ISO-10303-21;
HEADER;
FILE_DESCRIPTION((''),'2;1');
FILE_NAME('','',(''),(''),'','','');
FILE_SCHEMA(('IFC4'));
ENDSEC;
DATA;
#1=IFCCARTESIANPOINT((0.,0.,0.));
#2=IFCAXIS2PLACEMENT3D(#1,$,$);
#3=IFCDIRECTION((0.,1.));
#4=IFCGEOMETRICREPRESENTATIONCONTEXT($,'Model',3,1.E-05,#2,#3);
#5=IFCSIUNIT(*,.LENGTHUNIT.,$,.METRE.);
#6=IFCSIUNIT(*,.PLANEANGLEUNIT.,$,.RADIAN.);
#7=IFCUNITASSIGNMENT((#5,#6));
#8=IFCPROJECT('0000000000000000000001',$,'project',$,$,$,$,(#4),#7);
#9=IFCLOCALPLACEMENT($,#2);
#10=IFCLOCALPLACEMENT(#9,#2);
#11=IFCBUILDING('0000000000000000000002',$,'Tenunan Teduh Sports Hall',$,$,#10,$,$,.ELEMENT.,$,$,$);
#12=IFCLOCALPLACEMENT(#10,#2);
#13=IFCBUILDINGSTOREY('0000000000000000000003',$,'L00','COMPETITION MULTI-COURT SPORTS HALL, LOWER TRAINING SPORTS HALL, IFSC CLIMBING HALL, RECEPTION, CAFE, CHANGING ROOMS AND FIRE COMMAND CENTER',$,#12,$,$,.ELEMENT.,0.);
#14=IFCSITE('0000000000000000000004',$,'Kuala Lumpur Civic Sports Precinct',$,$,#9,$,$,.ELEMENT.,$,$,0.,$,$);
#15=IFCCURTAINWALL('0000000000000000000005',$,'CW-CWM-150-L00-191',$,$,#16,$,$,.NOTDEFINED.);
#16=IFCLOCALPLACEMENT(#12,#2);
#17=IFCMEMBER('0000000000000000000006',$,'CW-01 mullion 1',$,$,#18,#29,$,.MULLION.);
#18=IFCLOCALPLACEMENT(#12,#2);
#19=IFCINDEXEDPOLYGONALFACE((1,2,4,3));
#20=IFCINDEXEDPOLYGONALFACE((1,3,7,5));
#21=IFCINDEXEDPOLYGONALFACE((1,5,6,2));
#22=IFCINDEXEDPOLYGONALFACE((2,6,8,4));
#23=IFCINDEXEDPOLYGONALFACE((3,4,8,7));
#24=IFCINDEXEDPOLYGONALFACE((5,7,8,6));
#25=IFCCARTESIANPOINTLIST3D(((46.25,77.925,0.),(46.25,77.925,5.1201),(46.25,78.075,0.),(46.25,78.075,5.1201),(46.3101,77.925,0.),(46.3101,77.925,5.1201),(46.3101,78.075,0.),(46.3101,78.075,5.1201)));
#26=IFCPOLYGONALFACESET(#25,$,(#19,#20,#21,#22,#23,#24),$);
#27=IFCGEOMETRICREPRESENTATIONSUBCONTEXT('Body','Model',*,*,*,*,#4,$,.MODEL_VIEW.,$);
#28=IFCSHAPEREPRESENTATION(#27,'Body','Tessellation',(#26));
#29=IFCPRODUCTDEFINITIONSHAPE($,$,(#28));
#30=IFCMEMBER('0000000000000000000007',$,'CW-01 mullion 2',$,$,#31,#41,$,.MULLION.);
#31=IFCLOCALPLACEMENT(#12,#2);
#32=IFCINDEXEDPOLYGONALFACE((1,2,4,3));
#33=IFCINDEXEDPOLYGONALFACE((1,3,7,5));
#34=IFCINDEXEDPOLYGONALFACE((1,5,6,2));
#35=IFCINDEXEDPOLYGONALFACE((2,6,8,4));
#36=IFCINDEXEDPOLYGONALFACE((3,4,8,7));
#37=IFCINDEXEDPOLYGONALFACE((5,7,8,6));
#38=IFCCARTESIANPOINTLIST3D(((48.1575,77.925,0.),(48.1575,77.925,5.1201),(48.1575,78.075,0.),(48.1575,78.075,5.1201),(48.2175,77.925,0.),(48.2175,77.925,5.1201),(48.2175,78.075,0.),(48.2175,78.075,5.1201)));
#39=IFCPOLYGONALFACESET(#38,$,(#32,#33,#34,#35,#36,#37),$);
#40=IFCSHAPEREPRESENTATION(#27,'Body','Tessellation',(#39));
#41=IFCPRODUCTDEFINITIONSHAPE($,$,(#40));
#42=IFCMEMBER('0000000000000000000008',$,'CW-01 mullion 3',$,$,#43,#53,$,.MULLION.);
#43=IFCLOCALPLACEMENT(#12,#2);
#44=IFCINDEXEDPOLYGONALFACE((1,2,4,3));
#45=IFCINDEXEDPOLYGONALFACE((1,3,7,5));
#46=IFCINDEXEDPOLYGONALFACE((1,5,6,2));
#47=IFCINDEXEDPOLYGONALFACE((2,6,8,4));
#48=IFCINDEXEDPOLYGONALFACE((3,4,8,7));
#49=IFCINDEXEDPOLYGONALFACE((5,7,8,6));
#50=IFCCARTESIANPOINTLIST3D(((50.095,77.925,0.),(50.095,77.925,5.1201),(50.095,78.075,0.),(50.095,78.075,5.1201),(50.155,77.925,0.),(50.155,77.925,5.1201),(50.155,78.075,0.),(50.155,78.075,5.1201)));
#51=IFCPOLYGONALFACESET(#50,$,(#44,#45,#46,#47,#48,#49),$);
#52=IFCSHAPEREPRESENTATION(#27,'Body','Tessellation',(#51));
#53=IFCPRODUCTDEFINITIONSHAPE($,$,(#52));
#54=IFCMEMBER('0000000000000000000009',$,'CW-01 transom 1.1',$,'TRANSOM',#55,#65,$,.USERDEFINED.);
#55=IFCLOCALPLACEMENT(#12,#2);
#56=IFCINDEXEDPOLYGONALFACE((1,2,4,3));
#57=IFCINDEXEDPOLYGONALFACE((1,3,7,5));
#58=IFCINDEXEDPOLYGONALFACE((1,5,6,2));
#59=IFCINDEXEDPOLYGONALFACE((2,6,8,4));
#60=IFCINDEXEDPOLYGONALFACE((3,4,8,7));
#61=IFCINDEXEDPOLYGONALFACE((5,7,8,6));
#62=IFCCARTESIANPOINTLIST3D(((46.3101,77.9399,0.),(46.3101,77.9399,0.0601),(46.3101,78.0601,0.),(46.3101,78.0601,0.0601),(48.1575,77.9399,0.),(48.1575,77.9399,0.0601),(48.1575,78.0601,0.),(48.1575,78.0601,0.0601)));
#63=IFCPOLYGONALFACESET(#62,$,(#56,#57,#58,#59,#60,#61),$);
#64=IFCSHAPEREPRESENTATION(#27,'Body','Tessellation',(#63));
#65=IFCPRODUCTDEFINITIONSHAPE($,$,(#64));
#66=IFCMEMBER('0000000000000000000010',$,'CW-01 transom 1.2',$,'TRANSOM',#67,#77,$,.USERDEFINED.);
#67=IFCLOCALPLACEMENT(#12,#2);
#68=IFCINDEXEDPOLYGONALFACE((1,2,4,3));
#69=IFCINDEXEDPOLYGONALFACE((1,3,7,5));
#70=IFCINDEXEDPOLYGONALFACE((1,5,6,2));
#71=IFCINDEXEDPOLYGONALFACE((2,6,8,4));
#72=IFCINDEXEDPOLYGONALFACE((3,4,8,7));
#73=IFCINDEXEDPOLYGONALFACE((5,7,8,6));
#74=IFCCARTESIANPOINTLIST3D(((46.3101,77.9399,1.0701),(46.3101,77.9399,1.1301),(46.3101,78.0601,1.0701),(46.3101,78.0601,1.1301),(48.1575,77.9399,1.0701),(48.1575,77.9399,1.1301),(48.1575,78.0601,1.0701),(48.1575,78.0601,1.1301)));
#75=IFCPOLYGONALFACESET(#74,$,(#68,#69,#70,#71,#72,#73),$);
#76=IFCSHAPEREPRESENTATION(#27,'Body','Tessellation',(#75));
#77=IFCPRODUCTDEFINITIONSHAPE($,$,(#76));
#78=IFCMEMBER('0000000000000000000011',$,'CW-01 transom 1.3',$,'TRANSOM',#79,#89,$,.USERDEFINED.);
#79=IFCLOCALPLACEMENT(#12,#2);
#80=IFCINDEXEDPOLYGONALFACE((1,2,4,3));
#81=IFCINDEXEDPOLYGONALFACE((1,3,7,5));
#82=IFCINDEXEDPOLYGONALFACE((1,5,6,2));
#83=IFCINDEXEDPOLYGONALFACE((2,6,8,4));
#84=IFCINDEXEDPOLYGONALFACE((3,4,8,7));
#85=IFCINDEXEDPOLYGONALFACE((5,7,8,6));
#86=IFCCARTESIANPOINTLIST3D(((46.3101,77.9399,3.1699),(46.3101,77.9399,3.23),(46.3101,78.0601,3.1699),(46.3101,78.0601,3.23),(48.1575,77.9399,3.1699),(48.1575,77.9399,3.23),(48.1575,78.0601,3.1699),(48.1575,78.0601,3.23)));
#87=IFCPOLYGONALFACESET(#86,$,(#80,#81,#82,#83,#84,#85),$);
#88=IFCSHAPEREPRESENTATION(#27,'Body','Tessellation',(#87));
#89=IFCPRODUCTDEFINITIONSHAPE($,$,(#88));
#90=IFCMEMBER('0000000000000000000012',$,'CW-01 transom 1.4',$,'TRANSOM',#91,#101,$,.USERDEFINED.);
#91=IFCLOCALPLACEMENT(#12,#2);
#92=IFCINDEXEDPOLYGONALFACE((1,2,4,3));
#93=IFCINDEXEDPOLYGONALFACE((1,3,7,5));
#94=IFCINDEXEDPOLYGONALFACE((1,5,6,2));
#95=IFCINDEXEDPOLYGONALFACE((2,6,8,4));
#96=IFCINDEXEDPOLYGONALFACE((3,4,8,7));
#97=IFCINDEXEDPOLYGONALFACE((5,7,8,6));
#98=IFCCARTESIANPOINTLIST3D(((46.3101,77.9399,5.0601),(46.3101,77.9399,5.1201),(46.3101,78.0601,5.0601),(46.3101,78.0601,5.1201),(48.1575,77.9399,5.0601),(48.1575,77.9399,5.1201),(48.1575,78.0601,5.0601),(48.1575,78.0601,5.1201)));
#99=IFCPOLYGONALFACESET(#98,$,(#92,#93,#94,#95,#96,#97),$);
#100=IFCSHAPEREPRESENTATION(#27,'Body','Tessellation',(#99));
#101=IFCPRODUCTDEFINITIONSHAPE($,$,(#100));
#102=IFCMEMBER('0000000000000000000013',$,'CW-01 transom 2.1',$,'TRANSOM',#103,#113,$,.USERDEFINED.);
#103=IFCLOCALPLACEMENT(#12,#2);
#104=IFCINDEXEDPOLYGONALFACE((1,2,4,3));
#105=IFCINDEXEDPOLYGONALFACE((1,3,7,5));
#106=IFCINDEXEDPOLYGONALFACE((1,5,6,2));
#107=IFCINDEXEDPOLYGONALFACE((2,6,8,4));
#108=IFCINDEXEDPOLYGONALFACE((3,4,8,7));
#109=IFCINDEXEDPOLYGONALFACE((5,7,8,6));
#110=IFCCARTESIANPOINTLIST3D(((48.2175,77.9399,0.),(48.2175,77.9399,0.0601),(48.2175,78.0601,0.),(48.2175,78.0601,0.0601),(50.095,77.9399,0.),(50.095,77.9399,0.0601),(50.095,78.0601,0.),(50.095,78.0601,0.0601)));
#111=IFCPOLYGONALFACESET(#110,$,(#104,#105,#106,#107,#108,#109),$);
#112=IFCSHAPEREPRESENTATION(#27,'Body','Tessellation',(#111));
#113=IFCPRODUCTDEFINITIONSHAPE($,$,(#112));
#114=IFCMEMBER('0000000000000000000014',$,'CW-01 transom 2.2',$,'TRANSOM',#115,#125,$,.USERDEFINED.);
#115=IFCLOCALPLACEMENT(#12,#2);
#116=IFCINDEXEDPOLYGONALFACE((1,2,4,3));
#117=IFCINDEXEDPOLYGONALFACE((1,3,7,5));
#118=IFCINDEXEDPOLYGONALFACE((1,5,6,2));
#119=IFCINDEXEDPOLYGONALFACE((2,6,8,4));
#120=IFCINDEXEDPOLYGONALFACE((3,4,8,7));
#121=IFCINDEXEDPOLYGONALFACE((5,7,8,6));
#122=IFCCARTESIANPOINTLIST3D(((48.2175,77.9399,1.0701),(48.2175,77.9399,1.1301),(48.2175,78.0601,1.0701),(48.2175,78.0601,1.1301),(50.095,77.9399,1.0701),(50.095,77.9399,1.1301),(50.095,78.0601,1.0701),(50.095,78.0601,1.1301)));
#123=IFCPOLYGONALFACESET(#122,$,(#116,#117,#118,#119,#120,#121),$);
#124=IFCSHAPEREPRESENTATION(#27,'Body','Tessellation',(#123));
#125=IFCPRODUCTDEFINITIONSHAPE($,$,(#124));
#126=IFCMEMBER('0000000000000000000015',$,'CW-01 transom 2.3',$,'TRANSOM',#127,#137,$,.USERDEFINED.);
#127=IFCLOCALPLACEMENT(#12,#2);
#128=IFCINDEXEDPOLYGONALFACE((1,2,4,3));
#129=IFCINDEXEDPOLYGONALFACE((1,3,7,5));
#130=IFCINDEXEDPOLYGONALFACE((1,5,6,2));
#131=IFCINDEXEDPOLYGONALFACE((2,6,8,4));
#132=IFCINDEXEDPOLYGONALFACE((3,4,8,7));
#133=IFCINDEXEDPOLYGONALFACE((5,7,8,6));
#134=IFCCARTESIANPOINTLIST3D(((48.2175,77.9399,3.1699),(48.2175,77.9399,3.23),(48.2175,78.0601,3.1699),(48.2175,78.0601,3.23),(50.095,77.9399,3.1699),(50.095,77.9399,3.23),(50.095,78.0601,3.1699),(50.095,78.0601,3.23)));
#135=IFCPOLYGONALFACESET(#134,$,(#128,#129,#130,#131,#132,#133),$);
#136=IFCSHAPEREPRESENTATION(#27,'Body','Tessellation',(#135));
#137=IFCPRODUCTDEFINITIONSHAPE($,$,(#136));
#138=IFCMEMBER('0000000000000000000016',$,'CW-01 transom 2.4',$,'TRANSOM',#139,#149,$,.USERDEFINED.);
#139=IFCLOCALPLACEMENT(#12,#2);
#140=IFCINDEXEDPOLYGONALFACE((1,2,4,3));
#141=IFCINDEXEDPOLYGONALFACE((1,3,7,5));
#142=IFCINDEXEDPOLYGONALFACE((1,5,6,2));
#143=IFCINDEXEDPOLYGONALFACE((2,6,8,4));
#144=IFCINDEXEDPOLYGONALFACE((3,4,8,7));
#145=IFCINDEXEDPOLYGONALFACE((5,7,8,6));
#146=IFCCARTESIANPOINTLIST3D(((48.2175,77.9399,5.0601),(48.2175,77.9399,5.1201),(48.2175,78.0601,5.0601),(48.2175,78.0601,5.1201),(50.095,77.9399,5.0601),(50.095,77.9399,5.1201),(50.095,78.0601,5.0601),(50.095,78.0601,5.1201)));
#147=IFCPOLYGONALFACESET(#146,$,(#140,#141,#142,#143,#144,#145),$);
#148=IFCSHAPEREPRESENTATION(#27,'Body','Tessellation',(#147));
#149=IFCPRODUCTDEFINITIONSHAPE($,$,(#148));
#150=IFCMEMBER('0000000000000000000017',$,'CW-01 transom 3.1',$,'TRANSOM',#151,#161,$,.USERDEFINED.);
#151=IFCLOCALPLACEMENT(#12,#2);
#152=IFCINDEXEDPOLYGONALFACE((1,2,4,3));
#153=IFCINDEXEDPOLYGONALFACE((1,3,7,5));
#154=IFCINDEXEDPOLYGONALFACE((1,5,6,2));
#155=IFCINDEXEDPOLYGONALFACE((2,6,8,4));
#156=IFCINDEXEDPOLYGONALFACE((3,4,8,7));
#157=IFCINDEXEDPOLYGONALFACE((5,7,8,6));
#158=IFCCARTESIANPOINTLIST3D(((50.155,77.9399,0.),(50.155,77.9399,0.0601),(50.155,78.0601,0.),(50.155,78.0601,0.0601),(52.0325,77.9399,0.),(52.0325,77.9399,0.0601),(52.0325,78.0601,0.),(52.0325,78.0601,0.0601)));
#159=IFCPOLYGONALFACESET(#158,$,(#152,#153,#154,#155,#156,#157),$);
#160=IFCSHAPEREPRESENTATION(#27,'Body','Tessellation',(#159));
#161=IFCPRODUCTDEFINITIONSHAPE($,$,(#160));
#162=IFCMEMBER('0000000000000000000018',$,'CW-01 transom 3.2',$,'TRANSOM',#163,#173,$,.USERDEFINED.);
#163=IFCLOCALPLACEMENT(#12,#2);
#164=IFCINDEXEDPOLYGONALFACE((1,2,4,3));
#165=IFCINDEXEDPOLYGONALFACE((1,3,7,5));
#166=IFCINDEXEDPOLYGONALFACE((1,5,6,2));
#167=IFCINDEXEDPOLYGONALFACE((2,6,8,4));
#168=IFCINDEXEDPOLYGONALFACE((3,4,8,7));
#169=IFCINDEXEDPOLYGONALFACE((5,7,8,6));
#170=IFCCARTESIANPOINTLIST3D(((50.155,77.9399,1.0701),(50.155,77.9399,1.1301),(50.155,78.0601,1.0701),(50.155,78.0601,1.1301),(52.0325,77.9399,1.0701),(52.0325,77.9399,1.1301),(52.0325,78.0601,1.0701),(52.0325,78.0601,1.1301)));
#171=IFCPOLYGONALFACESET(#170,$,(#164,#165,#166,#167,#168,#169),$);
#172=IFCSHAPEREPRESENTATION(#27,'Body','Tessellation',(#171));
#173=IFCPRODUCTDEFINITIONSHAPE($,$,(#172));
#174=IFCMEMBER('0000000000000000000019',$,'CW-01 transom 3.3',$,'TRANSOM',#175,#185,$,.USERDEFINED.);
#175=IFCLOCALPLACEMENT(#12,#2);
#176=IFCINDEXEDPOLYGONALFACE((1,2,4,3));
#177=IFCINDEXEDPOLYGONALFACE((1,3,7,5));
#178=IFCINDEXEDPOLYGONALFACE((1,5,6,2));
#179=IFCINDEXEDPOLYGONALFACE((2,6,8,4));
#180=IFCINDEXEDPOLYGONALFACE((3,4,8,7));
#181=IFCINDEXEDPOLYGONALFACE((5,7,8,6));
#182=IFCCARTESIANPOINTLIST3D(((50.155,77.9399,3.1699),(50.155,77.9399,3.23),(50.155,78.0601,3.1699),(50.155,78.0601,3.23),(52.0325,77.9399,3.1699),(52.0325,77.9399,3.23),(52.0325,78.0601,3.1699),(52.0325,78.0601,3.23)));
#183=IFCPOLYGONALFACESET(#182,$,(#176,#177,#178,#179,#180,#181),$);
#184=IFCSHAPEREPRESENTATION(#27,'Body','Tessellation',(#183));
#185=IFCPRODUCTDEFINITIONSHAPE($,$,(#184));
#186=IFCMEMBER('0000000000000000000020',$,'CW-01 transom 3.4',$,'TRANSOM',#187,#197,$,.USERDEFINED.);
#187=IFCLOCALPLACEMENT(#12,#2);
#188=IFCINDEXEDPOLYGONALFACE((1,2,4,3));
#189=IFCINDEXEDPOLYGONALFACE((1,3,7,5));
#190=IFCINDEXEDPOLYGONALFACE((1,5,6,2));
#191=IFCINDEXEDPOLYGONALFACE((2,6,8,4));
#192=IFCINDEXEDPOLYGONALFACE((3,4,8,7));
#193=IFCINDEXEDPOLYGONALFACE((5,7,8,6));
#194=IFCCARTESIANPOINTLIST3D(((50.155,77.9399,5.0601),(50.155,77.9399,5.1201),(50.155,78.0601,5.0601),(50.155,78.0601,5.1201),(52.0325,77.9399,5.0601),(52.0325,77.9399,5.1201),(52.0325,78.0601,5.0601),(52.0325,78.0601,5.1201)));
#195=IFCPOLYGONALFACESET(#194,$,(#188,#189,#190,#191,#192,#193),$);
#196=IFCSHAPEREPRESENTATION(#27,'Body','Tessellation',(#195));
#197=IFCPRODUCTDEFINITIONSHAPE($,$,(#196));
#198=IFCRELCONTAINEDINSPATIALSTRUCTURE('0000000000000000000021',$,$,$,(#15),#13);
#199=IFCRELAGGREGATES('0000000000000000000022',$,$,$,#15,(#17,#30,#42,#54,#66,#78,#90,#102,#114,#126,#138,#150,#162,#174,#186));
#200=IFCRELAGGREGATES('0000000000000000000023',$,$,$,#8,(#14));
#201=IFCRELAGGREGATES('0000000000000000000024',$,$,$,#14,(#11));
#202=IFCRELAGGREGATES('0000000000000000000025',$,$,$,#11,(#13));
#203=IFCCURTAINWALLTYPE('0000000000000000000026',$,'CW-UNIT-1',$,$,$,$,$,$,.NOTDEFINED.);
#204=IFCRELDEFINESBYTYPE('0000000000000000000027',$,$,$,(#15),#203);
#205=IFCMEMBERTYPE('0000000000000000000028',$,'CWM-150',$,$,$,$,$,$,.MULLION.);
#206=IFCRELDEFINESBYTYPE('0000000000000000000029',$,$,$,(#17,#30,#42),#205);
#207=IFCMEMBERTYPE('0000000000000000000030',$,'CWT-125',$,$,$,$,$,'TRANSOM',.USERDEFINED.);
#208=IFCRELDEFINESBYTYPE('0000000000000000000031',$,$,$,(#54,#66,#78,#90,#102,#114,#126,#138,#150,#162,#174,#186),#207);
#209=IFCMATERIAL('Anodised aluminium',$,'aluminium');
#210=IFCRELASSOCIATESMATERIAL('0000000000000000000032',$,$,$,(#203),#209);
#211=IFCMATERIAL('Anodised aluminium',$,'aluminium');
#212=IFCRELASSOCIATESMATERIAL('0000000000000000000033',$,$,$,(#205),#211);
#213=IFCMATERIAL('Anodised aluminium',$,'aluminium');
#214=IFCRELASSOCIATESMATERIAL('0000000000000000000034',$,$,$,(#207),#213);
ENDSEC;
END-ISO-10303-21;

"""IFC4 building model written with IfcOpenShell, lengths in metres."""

from ifc_helpers import new_model, si_unit, direction, frame, origin, origin_2d, place, context, subcontext, project, spatial, rectangle, extrude, material, material_profile, profile_set, type_object, element, aggregate, save


model = new_model("IFC4")

# Units and contexts
model_context = context("Model", 3, precision=1e-05, world=origin(), true_north=direction((0.0, 1.0)))
body_context = subcontext(model_context, "Body", "Model", "MODEL_VIEW")
ifc_project = project(units=[si_unit("LENGTHUNIT", "METRE"), si_unit("PLANEANGLEUNIT", "RADIAN")], contexts=[model_context])

# Site, building, storey
site_placement = place(None, origin())
site = spatial("IfcSite", under=ifc_project, at=site_placement, Name="Kuala Lumpur Civic Sports Precinct", CompositionType="ELEMENT", RefElevation=0.0)
building_placement = place(site_placement, origin())
building = spatial("IfcBuilding", under=site, at=building_placement, Name="Tenunan Teduh Sports Hall", CompositionType="ELEMENT")
storey_placement = place(building_placement, origin())
storey = spatial("IfcBuildingStorey", under=building, at=storey_placement, Name="L00", Description="COMPETITION MULTI-COURT SPORTS HALL, LOWER TRAINING SPORTS HALL, IFSC CLIMBING HALL, RECEPTION, CAFE, CHANGING ROOMS AND FIRE COMMAND CENTER", CompositionType="ELEMENT", Elevation=0.0)

# Curtain wall, members
ifc_material_1 = material(Name="Anodised aluminium", Category="aluminium")
curtain_wall_type = type_object("IfcCurtainWallType", Name="CW-UNIT-1", PredefinedType="NOTDEFINED", material=ifc_material_1)
curtain_wall_placement = place(storey_placement, origin())
curtain_wall = element("IfcCurtainWall", 1, at=curtain_wall_placement, inside=storey, type_object=curtain_wall_type, Name="CW-CWM-150-L00-191", PredefinedType="NOTDEFINED")
ifc_material_2 = material(Name="Anodised aluminium", Category="aluminium")
ifc_material_profile_1 = material_profile(ifc_material_2, rectangle(XDim=0.0601, YDim=0.1499, at=origin_2d()), Name="CWM 60x150")
ifc_profile_set_1 = profile_set([ifc_material_profile_1], Name="Anodised aluminium")
member_type_1 = type_object("IfcMemberType", Name="CWM-150", PredefinedType="MULLION", material=ifc_profile_set_1)
member_1_placement = place(storey_placement, frame((46.28, 78.0, 0.0), z_axis=(0.0, 0.0, 1.0), x_axis=(1.0, 0.0, 0.0)))
member_1 = element("IfcMember", 2, at=member_1_placement, type_object=member_type_1, Name="CW-01 mullion 1", PredefinedType="MULLION", context=body_context, shape_type="SweptSolid", body=[
    extrude(rectangle(XDim=0.0601, YDim=0.1499, at=origin_2d()), origin(), (0.0, 0.0, 1.0), 5.1201),
])
member_2_placement = place(storey_placement, frame((48.1875, 78.0, 0.0), z_axis=(0.0, 0.0, 1.0), x_axis=(1.0, 0.0, 0.0)))
member_2 = element("IfcMember", 3, at=member_2_placement, type_object=member_type_1, Name="CW-01 mullion 2", PredefinedType="MULLION", context=body_context, shape_type="SweptSolid", body=[
    extrude(rectangle(XDim=0.0601, YDim=0.1499, at=origin_2d()), origin(), (0.0, 0.0, 1.0), 5.1201),
])
member_3_placement = place(storey_placement, frame((50.125, 78.0, 0.0), z_axis=(0.0, 0.0, 1.0), x_axis=(1.0, 0.0, 0.0)))
member_3 = element("IfcMember", 4, at=member_3_placement, type_object=member_type_1, Name="CW-01 mullion 3", PredefinedType="MULLION", context=body_context, shape_type="SweptSolid", body=[
    extrude(rectangle(XDim=0.0601, YDim=0.1499, at=origin_2d()), origin(), (0.0, 0.0, 1.0), 5.1201),
])
ifc_material_3 = material(Name="Anodised aluminium", Category="aluminium")
ifc_material_profile_2 = material_profile(ifc_material_3, rectangle(XDim=0.0601, YDim=0.1201, at=origin_2d()), Name="CWT 60x120")
ifc_profile_set_2 = profile_set([ifc_material_profile_2], Name="Anodised aluminium")
member_type_2 = type_object("IfcMemberType", Name="CWT-125", ElementType="TRANSOM", PredefinedType="USERDEFINED", material=ifc_profile_set_2)
member_4_placement = place(storey_placement, frame((46.3101, 78.0, 0.03), z_axis=(1.0, 0.0, 0.0), x_axis=(0.0, 0.0, 1.0)))
member_4 = element("IfcMember", 5, at=member_4_placement, type_object=member_type_2, Name="CW-01 transom 1.1", ObjectType="TRANSOM", PredefinedType="USERDEFINED", context=body_context, shape_type="SweptSolid", body=[
    extrude(rectangle(XDim=0.0601, YDim=0.1201, at=origin_2d()), origin(), (0.0, 0.0, 1.0), 1.8474),
])
member_5_placement = place(storey_placement, frame((46.3101, 78.0, 1.1001), z_axis=(1.0, 0.0, 0.0), x_axis=(0.0, 0.0, 1.0)))
member_5 = element("IfcMember", 6, at=member_5_placement, type_object=member_type_2, Name="CW-01 transom 1.2", ObjectType="TRANSOM", PredefinedType="USERDEFINED", context=body_context, shape_type="SweptSolid", body=[
    extrude(rectangle(XDim=0.0601, YDim=0.1201, at=origin_2d()), origin(), (0.0, 0.0, 1.0), 1.8474),
])
member_6_placement = place(storey_placement, frame((46.3101, 78.0, 3.2), z_axis=(1.0, 0.0, 0.0), x_axis=(0.0, 0.0, 1.0)))
member_6 = element("IfcMember", 7, at=member_6_placement, type_object=member_type_2, Name="CW-01 transom 1.3", ObjectType="TRANSOM", PredefinedType="USERDEFINED", context=body_context, shape_type="SweptSolid", body=[
    extrude(rectangle(XDim=0.0601, YDim=0.1201, at=origin_2d()), origin(), (0.0, 0.0, 1.0), 1.8474),
])
member_7_placement = place(storey_placement, frame((46.3101, 78.0, 5.0901), z_axis=(1.0, 0.0, 0.0), x_axis=(0.0, 0.0, 1.0)))
member_7 = element("IfcMember", 8, at=member_7_placement, type_object=member_type_2, Name="CW-01 transom 1.4", ObjectType="TRANSOM", PredefinedType="USERDEFINED", context=body_context, shape_type="SweptSolid", body=[
    extrude(rectangle(XDim=0.0601, YDim=0.1201, at=origin_2d()), origin(), (0.0, 0.0, 1.0), 1.8474),
])
member_8_placement = place(storey_placement, frame((48.2175, 78.0, 0.03), z_axis=(1.0, 0.0, 0.0), x_axis=(0.0, 0.0, 1.0)))
member_8 = element("IfcMember", 9, at=member_8_placement, type_object=member_type_2, Name="CW-01 transom 2.1", ObjectType="TRANSOM", PredefinedType="USERDEFINED", context=body_context, shape_type="SweptSolid", body=[
    extrude(rectangle(XDim=0.0601, YDim=0.1201, at=origin_2d()), origin(), (0.0, 0.0, 1.0), 1.8774),
])
member_9_placement = place(storey_placement, frame((48.2175, 78.0, 1.1001), z_axis=(1.0, 0.0, 0.0), x_axis=(0.0, 0.0, 1.0)))
member_9 = element("IfcMember", 10, at=member_9_placement, type_object=member_type_2, Name="CW-01 transom 2.2", ObjectType="TRANSOM", PredefinedType="USERDEFINED", context=body_context, shape_type="SweptSolid", body=[
    extrude(rectangle(XDim=0.0601, YDim=0.1201, at=origin_2d()), origin(), (0.0, 0.0, 1.0), 1.8774),
])
member_10_placement = place(storey_placement, frame((48.2175, 78.0, 3.2), z_axis=(1.0, 0.0, 0.0), x_axis=(0.0, 0.0, 1.0)))
member_10 = element("IfcMember", 11, at=member_10_placement, type_object=member_type_2, Name="CW-01 transom 2.3", ObjectType="TRANSOM", PredefinedType="USERDEFINED", context=body_context, shape_type="SweptSolid", body=[
    extrude(rectangle(XDim=0.0601, YDim=0.1201, at=origin_2d()), origin(), (0.0, 0.0, 1.0), 1.8774),
])
member_11_placement = place(storey_placement, frame((48.2175, 78.0, 5.0901), z_axis=(1.0, 0.0, 0.0), x_axis=(0.0, 0.0, 1.0)))
member_11 = element("IfcMember", 12, at=member_11_placement, type_object=member_type_2, Name="CW-01 transom 2.4", ObjectType="TRANSOM", PredefinedType="USERDEFINED", context=body_context, shape_type="SweptSolid", body=[
    extrude(rectangle(XDim=0.0601, YDim=0.1201, at=origin_2d()), origin(), (0.0, 0.0, 1.0), 1.8774),
])
member_12_placement = place(storey_placement, frame((50.155, 78.0, 0.03), z_axis=(1.0, 0.0, 0.0), x_axis=(0.0, 0.0, 1.0)))
member_12 = element("IfcMember", 13, at=member_12_placement, type_object=member_type_2, Name="CW-01 transom 3.1", ObjectType="TRANSOM", PredefinedType="USERDEFINED", context=body_context, shape_type="SweptSolid", body=[
    extrude(rectangle(XDim=0.0601, YDim=0.1201, at=origin_2d()), origin(), (0.0, 0.0, 1.0), 1.8774),
])
member_13_placement = place(storey_placement, frame((50.155, 78.0, 1.1001), z_axis=(1.0, 0.0, 0.0), x_axis=(0.0, 0.0, 1.0)))
member_13 = element("IfcMember", 14, at=member_13_placement, type_object=member_type_2, Name="CW-01 transom 3.2", ObjectType="TRANSOM", PredefinedType="USERDEFINED", context=body_context, shape_type="SweptSolid", body=[
    extrude(rectangle(XDim=0.0601, YDim=0.1201, at=origin_2d()), origin(), (0.0, 0.0, 1.0), 1.8774),
])
member_14_placement = place(storey_placement, frame((50.155, 78.0, 3.2), z_axis=(1.0, 0.0, 0.0), x_axis=(0.0, 0.0, 1.0)))
member_14 = element("IfcMember", 15, at=member_14_placement, type_object=member_type_2, Name="CW-01 transom 3.3", ObjectType="TRANSOM", PredefinedType="USERDEFINED", context=body_context, shape_type="SweptSolid", body=[
    extrude(rectangle(XDim=0.0601, YDim=0.1201, at=origin_2d()), origin(), (0.0, 0.0, 1.0), 1.8774),
])
member_15_placement = place(storey_placement, frame((50.155, 78.0, 5.0901), z_axis=(1.0, 0.0, 0.0), x_axis=(0.0, 0.0, 1.0)))
member_15 = element("IfcMember", 16, at=member_15_placement, type_object=member_type_2, Name="CW-01 transom 3.4", ObjectType="TRANSOM", PredefinedType="USERDEFINED", context=body_context, shape_type="SweptSolid", body=[
    extrude(rectangle(XDim=0.0601, YDim=0.1201, at=origin_2d()), origin(), (0.0, 0.0, 1.0), 1.8774),
])
aggregate(curtain_wall, [member_1, member_2, member_3, member_4, member_5, member_6, member_7, member_8, member_9, member_10, member_11, member_12, member_13, member_14, member_15])

save(model, "model.ifc")
